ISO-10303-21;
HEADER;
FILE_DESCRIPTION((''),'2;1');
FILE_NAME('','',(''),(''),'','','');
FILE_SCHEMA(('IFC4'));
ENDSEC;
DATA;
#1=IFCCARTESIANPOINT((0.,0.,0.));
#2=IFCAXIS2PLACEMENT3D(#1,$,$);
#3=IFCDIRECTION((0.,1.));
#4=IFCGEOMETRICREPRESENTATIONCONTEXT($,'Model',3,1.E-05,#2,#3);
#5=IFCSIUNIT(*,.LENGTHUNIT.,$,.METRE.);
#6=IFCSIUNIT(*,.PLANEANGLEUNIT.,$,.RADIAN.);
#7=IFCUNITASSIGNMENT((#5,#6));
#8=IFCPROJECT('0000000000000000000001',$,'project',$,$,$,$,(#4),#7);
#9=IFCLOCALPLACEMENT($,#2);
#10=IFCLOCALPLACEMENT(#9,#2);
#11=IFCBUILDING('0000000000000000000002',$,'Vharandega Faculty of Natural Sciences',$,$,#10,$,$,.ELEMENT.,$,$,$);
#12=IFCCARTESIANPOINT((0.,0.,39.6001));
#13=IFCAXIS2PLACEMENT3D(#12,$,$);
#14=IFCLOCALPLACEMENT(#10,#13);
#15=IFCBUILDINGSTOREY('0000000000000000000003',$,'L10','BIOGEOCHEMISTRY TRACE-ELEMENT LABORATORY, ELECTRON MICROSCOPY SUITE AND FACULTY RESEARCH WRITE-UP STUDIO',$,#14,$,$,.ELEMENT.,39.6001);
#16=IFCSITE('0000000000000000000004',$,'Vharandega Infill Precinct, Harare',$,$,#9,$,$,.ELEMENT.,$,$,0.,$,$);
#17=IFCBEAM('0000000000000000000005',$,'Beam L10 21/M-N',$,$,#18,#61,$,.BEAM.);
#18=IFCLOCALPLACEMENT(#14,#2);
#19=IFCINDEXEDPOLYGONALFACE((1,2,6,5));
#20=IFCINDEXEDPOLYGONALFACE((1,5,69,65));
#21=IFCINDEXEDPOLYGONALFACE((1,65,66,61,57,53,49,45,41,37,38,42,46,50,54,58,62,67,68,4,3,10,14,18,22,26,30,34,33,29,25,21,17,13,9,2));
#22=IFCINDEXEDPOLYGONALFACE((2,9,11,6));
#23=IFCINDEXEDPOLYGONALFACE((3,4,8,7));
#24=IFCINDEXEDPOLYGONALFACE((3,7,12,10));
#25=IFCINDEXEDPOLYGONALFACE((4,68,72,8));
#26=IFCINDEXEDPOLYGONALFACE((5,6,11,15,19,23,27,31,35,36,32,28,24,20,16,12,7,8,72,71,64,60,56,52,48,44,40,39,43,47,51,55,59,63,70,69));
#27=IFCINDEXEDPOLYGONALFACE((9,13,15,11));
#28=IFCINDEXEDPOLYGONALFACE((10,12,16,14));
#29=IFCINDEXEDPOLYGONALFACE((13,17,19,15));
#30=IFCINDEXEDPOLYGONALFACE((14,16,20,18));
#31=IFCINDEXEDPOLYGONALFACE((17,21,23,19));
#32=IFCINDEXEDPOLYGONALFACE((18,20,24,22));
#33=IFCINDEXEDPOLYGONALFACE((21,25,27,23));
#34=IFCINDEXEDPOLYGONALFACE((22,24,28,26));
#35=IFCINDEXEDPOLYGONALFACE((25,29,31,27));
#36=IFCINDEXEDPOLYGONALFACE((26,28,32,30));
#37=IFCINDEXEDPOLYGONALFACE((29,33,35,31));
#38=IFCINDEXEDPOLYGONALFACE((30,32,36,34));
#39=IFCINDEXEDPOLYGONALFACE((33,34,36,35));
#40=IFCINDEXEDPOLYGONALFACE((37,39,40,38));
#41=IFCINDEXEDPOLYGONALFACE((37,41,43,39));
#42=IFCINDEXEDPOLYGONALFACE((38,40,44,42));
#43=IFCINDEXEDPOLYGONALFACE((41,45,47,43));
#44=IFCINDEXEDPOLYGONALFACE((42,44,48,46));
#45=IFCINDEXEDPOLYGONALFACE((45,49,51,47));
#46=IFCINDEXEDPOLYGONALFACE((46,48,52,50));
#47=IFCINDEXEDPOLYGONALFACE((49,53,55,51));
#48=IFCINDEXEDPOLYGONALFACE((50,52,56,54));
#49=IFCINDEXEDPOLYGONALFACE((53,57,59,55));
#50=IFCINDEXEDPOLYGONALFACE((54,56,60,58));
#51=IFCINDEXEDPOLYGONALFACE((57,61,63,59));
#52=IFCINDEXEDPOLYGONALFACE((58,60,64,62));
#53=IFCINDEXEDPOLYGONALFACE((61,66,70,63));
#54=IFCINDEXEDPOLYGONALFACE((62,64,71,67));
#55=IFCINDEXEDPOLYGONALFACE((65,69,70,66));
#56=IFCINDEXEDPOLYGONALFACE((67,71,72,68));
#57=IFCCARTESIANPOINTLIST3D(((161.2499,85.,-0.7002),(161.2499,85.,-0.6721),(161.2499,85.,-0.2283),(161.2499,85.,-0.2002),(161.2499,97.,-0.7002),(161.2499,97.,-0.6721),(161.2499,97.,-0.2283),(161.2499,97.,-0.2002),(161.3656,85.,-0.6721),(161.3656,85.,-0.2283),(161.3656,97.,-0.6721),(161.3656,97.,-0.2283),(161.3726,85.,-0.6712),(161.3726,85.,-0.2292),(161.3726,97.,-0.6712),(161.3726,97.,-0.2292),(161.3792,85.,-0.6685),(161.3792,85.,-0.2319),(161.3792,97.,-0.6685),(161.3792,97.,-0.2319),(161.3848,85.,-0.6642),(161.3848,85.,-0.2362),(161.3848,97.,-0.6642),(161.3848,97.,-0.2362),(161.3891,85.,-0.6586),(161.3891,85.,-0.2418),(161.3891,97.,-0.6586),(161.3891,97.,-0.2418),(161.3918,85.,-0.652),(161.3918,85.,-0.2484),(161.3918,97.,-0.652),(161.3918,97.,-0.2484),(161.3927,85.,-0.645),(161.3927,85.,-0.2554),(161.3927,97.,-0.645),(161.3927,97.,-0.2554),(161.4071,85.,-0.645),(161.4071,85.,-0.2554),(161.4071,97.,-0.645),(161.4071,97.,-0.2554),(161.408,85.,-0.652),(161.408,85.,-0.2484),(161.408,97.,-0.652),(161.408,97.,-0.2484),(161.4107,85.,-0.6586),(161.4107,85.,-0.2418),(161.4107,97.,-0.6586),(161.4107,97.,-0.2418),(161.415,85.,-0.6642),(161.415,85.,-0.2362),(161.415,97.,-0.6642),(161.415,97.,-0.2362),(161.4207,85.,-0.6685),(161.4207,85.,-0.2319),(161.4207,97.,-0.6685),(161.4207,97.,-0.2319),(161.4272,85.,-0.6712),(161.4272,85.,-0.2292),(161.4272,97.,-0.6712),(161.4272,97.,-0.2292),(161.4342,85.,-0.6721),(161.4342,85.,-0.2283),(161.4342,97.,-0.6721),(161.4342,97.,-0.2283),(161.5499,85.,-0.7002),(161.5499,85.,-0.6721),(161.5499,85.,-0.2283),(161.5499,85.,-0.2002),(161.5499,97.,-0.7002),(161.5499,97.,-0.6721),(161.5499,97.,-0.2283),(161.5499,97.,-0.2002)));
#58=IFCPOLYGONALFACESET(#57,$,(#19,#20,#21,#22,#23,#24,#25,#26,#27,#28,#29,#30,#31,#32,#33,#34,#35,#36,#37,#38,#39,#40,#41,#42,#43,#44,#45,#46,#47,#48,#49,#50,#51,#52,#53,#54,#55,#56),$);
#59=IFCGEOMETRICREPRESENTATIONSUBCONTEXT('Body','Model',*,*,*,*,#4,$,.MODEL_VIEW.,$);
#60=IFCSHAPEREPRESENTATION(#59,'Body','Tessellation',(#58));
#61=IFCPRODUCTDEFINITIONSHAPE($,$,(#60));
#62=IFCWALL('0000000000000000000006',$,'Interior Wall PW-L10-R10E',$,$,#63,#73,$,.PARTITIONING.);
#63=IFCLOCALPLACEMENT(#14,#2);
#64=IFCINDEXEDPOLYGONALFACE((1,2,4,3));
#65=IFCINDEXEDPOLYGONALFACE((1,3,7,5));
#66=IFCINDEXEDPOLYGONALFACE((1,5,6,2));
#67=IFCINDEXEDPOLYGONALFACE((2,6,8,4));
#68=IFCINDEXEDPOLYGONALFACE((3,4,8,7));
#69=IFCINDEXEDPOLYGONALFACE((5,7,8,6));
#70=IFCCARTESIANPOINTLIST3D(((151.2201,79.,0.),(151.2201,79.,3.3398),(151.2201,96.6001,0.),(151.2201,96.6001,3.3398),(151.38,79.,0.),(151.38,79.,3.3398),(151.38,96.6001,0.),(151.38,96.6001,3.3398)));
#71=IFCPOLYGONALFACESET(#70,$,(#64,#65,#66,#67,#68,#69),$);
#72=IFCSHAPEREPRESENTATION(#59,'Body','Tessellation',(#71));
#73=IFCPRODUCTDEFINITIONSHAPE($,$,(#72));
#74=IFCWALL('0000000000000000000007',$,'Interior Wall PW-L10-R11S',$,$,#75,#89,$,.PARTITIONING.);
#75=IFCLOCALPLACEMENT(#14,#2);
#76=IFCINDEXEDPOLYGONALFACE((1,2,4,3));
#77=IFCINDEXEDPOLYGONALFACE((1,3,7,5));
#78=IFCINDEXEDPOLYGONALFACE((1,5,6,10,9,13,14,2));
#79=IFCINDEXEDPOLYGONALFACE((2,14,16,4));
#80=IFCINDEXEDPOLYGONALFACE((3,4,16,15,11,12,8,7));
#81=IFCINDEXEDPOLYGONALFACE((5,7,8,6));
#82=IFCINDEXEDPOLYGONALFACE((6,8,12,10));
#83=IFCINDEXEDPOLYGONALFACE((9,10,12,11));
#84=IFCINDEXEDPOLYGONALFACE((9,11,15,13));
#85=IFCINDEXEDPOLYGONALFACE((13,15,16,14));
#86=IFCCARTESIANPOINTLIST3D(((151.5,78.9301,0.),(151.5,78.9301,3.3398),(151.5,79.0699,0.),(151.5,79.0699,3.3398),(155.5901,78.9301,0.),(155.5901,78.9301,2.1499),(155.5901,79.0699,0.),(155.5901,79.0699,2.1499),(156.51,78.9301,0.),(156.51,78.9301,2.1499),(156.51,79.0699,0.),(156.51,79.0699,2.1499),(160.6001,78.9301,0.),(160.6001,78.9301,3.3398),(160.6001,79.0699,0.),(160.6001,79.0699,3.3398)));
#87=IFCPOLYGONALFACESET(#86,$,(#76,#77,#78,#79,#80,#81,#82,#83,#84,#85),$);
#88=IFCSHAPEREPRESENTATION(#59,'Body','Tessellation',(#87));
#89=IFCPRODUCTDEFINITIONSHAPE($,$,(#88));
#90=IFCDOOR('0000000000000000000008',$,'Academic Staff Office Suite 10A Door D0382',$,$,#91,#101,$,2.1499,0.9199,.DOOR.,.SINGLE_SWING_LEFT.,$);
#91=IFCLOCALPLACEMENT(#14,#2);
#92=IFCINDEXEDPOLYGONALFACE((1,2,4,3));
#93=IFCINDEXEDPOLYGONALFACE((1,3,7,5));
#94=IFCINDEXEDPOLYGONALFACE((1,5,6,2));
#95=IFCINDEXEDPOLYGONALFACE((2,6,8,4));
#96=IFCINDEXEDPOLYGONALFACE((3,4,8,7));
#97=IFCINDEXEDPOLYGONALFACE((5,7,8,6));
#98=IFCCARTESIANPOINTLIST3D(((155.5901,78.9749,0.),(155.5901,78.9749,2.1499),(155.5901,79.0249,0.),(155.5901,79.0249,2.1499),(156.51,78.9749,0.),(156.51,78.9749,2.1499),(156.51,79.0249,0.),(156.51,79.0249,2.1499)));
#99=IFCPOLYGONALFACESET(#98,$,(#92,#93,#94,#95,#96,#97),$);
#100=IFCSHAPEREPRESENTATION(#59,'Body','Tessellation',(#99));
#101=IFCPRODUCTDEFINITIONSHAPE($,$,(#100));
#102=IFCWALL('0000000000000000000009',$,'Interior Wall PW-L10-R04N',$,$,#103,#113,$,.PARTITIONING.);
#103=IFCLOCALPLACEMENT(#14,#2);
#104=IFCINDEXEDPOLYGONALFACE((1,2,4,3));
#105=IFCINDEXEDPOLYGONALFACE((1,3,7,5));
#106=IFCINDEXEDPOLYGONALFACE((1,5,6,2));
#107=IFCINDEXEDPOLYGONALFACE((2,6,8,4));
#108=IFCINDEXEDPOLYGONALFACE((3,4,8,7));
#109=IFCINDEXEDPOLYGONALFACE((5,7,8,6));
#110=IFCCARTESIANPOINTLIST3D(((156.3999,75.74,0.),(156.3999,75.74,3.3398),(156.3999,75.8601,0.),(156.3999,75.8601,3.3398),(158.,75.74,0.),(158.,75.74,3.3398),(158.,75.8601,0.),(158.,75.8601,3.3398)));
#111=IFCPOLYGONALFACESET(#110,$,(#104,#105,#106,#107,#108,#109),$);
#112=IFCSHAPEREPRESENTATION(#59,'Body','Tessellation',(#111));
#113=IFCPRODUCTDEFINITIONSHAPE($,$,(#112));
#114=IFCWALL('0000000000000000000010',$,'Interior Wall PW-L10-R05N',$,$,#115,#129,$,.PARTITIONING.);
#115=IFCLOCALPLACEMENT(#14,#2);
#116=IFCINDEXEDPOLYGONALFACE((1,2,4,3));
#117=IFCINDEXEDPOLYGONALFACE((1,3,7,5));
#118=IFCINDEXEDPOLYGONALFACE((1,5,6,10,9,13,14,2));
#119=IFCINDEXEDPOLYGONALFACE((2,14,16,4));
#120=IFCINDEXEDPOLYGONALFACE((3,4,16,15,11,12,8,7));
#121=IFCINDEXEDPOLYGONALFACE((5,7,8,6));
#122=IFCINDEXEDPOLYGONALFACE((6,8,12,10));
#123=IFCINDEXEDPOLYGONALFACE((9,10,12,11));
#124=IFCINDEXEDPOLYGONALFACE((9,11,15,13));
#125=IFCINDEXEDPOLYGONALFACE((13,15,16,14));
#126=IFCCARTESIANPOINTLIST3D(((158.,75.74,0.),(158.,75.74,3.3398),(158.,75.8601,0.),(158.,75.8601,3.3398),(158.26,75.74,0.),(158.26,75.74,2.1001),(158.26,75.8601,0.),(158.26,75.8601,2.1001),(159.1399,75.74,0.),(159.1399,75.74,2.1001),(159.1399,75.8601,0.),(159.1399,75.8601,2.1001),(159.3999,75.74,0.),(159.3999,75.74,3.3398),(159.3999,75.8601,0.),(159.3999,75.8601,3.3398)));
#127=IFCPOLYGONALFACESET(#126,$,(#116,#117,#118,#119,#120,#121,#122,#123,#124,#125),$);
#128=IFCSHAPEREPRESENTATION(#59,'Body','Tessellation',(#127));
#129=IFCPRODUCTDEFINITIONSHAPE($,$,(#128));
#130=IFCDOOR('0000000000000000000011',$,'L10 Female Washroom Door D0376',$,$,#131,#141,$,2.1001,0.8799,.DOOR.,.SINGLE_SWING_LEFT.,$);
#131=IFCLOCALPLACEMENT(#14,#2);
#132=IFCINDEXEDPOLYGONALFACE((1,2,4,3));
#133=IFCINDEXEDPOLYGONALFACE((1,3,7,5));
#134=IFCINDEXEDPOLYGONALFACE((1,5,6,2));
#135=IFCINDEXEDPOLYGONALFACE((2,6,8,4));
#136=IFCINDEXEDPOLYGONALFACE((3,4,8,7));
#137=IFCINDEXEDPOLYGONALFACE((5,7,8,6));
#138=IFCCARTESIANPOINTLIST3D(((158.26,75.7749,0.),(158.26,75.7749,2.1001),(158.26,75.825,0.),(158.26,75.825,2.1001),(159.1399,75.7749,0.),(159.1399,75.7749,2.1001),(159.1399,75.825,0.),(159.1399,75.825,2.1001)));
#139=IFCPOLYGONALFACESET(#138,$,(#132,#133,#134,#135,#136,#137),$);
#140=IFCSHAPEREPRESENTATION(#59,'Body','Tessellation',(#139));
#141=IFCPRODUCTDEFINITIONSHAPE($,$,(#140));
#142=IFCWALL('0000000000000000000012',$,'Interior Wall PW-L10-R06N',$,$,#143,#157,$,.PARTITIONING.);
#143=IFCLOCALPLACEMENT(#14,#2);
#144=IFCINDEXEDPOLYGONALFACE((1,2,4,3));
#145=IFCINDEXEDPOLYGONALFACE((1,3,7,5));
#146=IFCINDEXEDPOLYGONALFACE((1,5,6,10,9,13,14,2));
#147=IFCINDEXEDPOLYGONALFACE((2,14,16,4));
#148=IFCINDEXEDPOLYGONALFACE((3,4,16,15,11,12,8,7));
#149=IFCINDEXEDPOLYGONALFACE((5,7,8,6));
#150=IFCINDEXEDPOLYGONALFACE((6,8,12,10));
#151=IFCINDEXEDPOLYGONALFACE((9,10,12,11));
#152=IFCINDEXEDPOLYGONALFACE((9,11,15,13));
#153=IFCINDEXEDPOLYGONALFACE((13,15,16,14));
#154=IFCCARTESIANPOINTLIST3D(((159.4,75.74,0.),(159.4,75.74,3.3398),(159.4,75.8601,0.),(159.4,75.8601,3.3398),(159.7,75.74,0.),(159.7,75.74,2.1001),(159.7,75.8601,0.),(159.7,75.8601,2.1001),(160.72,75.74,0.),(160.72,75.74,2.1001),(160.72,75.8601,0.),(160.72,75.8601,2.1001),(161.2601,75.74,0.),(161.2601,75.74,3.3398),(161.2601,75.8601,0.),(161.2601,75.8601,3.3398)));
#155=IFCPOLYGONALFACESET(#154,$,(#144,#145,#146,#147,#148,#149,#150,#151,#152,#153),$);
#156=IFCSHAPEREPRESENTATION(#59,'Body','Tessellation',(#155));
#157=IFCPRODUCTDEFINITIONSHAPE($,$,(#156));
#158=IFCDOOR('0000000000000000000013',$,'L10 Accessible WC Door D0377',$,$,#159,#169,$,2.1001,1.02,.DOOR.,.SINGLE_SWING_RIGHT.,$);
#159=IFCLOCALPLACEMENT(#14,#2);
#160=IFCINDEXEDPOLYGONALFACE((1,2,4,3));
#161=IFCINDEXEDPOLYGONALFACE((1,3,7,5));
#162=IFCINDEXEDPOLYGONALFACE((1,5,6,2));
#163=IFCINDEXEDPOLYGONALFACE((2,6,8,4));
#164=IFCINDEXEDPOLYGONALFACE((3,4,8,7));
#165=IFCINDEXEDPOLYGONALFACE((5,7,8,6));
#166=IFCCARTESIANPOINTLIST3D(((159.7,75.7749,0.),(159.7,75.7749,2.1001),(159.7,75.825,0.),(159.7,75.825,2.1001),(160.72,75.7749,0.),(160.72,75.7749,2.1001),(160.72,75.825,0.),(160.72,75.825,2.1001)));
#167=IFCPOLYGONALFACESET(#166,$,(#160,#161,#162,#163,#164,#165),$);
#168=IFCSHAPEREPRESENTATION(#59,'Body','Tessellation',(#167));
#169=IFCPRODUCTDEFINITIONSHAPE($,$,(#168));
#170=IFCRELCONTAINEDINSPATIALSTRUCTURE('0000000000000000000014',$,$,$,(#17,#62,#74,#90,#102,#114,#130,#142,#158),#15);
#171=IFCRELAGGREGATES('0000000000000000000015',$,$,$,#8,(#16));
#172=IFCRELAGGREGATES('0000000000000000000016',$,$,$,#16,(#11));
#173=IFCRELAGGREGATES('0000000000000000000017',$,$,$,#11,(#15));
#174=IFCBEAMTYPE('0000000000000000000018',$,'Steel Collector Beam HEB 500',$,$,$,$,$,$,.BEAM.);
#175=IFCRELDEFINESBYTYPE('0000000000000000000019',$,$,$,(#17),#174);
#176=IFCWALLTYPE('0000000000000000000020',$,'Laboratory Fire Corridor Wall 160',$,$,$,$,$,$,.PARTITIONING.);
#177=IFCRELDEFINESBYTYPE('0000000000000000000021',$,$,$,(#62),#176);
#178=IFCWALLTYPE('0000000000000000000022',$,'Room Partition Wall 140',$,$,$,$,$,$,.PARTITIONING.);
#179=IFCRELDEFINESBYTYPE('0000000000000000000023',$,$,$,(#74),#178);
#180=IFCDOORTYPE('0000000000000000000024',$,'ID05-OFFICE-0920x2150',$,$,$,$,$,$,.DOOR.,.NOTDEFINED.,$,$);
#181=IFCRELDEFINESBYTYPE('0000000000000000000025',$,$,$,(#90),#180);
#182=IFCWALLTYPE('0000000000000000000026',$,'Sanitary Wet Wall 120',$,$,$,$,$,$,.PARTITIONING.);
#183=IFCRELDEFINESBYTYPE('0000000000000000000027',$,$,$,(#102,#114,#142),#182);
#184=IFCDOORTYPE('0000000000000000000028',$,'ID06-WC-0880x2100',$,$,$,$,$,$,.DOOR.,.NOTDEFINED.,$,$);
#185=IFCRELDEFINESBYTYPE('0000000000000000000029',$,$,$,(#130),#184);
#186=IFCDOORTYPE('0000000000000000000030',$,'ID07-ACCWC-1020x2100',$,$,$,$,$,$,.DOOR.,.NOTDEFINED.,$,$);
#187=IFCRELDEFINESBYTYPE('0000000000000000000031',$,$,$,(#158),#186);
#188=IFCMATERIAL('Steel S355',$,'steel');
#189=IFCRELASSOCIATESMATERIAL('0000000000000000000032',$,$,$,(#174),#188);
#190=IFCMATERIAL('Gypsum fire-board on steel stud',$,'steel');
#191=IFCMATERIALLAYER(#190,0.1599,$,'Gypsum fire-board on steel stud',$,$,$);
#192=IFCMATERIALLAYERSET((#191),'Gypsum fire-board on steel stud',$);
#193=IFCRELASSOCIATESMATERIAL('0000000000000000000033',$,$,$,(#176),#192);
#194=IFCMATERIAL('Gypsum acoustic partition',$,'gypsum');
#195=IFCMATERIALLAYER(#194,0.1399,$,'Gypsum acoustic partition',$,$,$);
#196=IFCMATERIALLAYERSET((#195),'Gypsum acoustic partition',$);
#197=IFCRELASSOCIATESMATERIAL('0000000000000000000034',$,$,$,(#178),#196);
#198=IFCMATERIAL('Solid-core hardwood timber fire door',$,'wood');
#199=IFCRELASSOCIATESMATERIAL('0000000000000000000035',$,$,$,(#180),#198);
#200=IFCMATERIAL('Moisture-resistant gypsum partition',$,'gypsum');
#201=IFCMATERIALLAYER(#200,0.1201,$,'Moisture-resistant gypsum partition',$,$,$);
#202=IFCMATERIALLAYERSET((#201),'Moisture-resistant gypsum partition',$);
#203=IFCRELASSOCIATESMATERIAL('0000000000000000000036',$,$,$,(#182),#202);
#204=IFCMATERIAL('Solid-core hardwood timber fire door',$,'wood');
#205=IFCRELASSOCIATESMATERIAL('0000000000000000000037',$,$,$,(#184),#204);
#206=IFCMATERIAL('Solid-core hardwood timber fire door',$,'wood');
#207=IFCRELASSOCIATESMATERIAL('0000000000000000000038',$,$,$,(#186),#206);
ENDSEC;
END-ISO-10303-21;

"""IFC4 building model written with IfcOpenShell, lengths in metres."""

from ifc_helpers import new_model, si_unit, direction, frame, frame_2d, origin, origin_2d, place, context, subcontext, project, spatial, rectangle, i_section, extrude, material, layer, layer_set, material_profile, profile_set, type_object, element, fill, save


model = new_model("IFC4")

# Units and contexts
model_context = context("Model", 3, precision=1e-05, world=origin(), true_north=direction((0.0, 1.0)))
body_context = subcontext(model_context, "Body", "Model", "MODEL_VIEW")
ifc_project = project(units=[si_unit("LENGTHUNIT", "METRE"), si_unit("PLANEANGLEUNIT", "RADIAN")], contexts=[model_context])

# Site, building, storey
site_placement = place(None, origin())
site = spatial("IfcSite", under=ifc_project, at=site_placement, Name="Vharandega Infill Precinct, Harare", CompositionType="ELEMENT", RefElevation=0.0)
building_placement = place(site_placement, origin())
building = spatial("IfcBuilding", under=site, at=building_placement, Name="Vharandega Faculty of Natural Sciences", CompositionType="ELEMENT")
storey_placement = place(building_placement, frame((0.0, 0.0, 39.6001)))
storey = spatial("IfcBuildingStorey", under=building, at=storey_placement, Name="L10", Description="BIOGEOCHEMISTRY TRACE-ELEMENT LABORATORY, ELECTRON MICROSCOPY SUITE AND FACULTY RESEARCH WRITE-UP STUDIO", CompositionType="ELEMENT", Elevation=39.6001)

# Beam
ifc_material_1 = material(Name="Steel S355", Category="steel")
ifc_material_profile_1 = material_profile(ifc_material_1, i_section(OverallWidth=0.3, OverallDepth=0.5, WebThickness=0.0144, FlangeThickness=0.0281, FilletRadius=0.0271, at=origin_2d()), Name="HEB 500")
ifc_profile_set_1 = profile_set([ifc_material_profile_1], Name="Steel S355")
beam_type_1 = type_object("IfcBeamType", Name="Steel Collector Beam HEB 500", PredefinedType="BEAM", material=ifc_profile_set_1)
for number, where, z_axis, x_axis, name in (
    (1, (161.3999, 85.0, -0.4502), (0.0, 1.0, 0.0), (-1.0, 0.0, 0.0), "Beam L10 21/M-N"),
):
    element("IfcBeam", number, at=place(storey_placement, frame(where, z_axis=z_axis, x_axis=x_axis)), inside=storey, type_object=beam_type_1, Name=name, PredefinedType="BEAM", context=body_context, shape_type="SweptSolid", body=[
        extrude(i_section(OverallWidth=0.3, OverallDepth=0.5, WebThickness=0.0144, FlangeThickness=0.0281, FilletRadius=0.0271, at=origin_2d()), origin(), (0.0, 0.0, 1.0), 12.0),
    ])

# Wall
ifc_material_2 = material(Name="Gypsum fire-board on steel stud", Category="steel")
ifc_layer_1 = layer(ifc_material_2, 0.1599, Name="Gypsum fire-board on steel stud")
ifc_layer_set_1 = layer_set([ifc_layer_1], Name="Gypsum fire-board on steel stud")
wall_type_1 = type_object("IfcWallType", Name="Laboratory Fire Corridor Wall 160", PredefinedType="PARTITIONING", material=ifc_layer_set_1)
wall_1_placement = place(storey_placement, frame((151.3, 79.0, 0.0), z_axis=(0.0, 0.0, 1.0), x_axis=(0.0, 1.0, 0.0)))
element("IfcWall", 2, at=wall_1_placement, inside=storey, type_object=wall_type_1, Name="Interior Wall PW-L10-R10E", PredefinedType="PARTITIONING", context=body_context, shape_type="SweptSolid", body=[
    extrude(rectangle(XDim=17.6001, YDim=0.1599, at=frame_2d((8.8, 0.0))), origin(), (0.0, 0.0, 1.0), 3.3398),
])

# Wall, opening, door
ifc_material_3 = material(Name="Gypsum acoustic partition", Category="gypsum")
ifc_layer_2 = layer(ifc_material_3, 0.1399, Name="Gypsum acoustic partition")
ifc_layer_set_2 = layer_set([ifc_layer_2], Name="Gypsum acoustic partition")
wall_type_2 = type_object("IfcWallType", Name="Room Partition Wall 140", PredefinedType="PARTITIONING", material=ifc_layer_set_2)
wall_2_placement = place(storey_placement, frame((151.5, 79.0, 0.0), z_axis=(0.0, 0.0, 1.0), x_axis=(1.0, 0.0, 0.0)))
wall_2 = element("IfcWall", 3, at=wall_2_placement, inside=storey, type_object=wall_type_2, Name="Interior Wall PW-L10-R11S", PredefinedType="PARTITIONING", context=body_context, shape_type="SweptSolid", body=[
    extrude(rectangle(XDim=9.1001, YDim=0.1399, at=frame_2d((4.55, 0.0))), origin(), (0.0, 0.0, 1.0), 3.3398),
])
opening_1_placement = place(wall_2_placement, frame((4.0901, 0.0, 0.0)))
opening_1 = element("IfcOpeningElement", 4, at=opening_1_placement, cuts=wall_2, PredefinedType="OPENING", context=body_context, shape_type="SweptSolid", body=[
    extrude(rectangle(XDim=0.9199, YDim=2.1499, at=frame_2d((0.46, 1.075))), frame((0.0, 0.0801, 0.0), z_axis=(0.0, -1.0, 0.0), x_axis=(1.0, 0.0, 0.0)), (0.0, 0.0, 1.0), 0.1599),
])
ifc_material_4 = material(Name="Solid-core hardwood timber fire door", Category="wood")
door_type_1 = type_object("IfcDoorType", Name="ID05-OFFICE-0920x2150", OperationType="NOTDEFINED", PredefinedType="DOOR", material=ifc_material_4)
door_1_placement = place(opening_1_placement, origin())
door_1 = element("IfcDoor", 5, at=door_1_placement, inside=storey, type_object=door_type_1, Name="Academic Staff Office Suite 10A Door D0382", OperationType="SINGLE_SWING_LEFT", OverallHeight=2.1499, OverallWidth=0.9199, PredefinedType="DOOR", context=body_context, shape_type="SweptSolid", body=[
    extrude(rectangle(XDim=0.9199, YDim=2.1499, at=frame_2d((0.46, 1.075))), frame((0.0, 0.0249, 0.0), z_axis=(0.0, -1.0, 0.0), x_axis=(1.0, 0.0, 0.0)), (0.0, 0.0, 1.0), 0.05),
])
fill(opening_1, door_1)

# Wall
ifc_material_5 = material(Name="Moisture-resistant gypsum partition", Category="gypsum")
ifc_layer_3 = layer(ifc_material_5, 0.1201, Name="Moisture-resistant gypsum partition")
ifc_layer_set_3 = layer_set([ifc_layer_3], Name="Moisture-resistant gypsum partition")
wall_type_3 = type_object("IfcWallType", Name="Sanitary Wet Wall 120", PredefinedType="PARTITIONING", material=ifc_layer_set_3)
wall_3_placement = place(storey_placement, frame((156.3999, 75.8, 0.0), z_axis=(0.0, 0.0, 1.0), x_axis=(1.0, 0.0, 0.0)))
element("IfcWall", 6, at=wall_3_placement, inside=storey, type_object=wall_type_3, Name="Interior Wall PW-L10-R04N", PredefinedType="PARTITIONING", context=body_context, shape_type="SweptSolid", body=[
    extrude(rectangle(XDim=1.6001, YDim=0.1201, at=frame_2d((0.8, 0.0))), origin(), (0.0, 0.0, 1.0), 3.3398),
])

# Walls, openings, doors
wall_4_placement = place(storey_placement, frame((158.0, 75.8, 0.0), z_axis=(0.0, 0.0, 1.0), x_axis=(1.0, 0.0, 0.0)))
wall_4 = element("IfcWall", 7, at=wall_4_placement, inside=storey, type_object=wall_type_3, Name="Interior Wall PW-L10-R05N", PredefinedType="PARTITIONING", context=body_context, shape_type="SweptSolid", body=[
    extrude(rectangle(XDim=1.3999, YDim=0.1201, at=frame_2d((0.7, 0.0))), origin(), (0.0, 0.0, 1.0), 3.3398),
])
opening_2_placement = place(wall_4_placement, frame((0.26, 0.0, 0.0)))
opening_2 = element("IfcOpeningElement", 8, at=opening_2_placement, cuts=wall_4, PredefinedType="OPENING", context=body_context, shape_type="SweptSolid", body=[
    extrude(rectangle(XDim=0.8799, YDim=2.1001, at=frame_2d((0.4399, 1.05))), frame((0.0, 0.0701, 0.0), z_axis=(0.0, -1.0, 0.0), x_axis=(1.0, 0.0, 0.0)), (0.0, 0.0, 1.0), 0.1401),
])
ifc_material_6 = material(Name="Solid-core hardwood timber fire door", Category="wood")
door_type_2 = type_object("IfcDoorType", Name="ID06-WC-0880x2100", OperationType="NOTDEFINED", PredefinedType="DOOR", material=ifc_material_6)
door_2_placement = place(opening_2_placement, origin())
door_2 = element("IfcDoor", 9, at=door_2_placement, inside=storey, type_object=door_type_2, Name="L10 Female Washroom Door D0376", OperationType="SINGLE_SWING_LEFT", OverallHeight=2.1001, OverallWidth=0.8799, PredefinedType="DOOR", context=body_context, shape_type="SweptSolid", body=[
    extrude(rectangle(XDim=0.8799, YDim=2.1001, at=frame_2d((0.4399, 1.05))), frame((0.0, 0.0249, 0.0), z_axis=(0.0, -1.0, 0.0), x_axis=(1.0, 0.0, 0.0)), (0.0, 0.0, 1.0), 0.05),
])
fill(opening_2, door_2)
wall_5_placement = place(storey_placement, frame((159.3999, 75.8, 0.0), z_axis=(0.0, 0.0, 1.0), x_axis=(1.0, 0.0, 0.0)))
wall_5 = element("IfcWall", 10, at=wall_5_placement, inside=storey, type_object=wall_type_3, Name="Interior Wall PW-L10-R06N", PredefinedType="PARTITIONING", context=body_context, shape_type="SweptSolid", body=[
    extrude(rectangle(XDim=1.8601, YDim=0.1201, at=frame_2d((0.9302, 0.0))), origin(), (0.0, 0.0, 1.0), 3.3398),
])
opening_3_placement = place(wall_5_placement, frame((0.3, 0.0, 0.0)))
opening_3 = element("IfcOpeningElement", 11, at=opening_3_placement, cuts=wall_5, PredefinedType="OPENING", context=body_context, shape_type="SweptSolid", body=[
    extrude(rectangle(XDim=1.02, YDim=2.1001, at=frame_2d((0.51, 1.05))), frame((0.0, 0.0701, 0.0), z_axis=(0.0, -1.0, 0.0), x_axis=(1.0, 0.0, 0.0)), (0.0, 0.0, 1.0), 0.1401),
])
ifc_material_7 = material(Name="Solid-core hardwood timber fire door", Category="wood")
door_type_3 = type_object("IfcDoorType", Name="ID07-ACCWC-1020x2100", OperationType="NOTDEFINED", PredefinedType="DOOR", material=ifc_material_7)
door_3_placement = place(opening_3_placement, origin())
door_3 = element("IfcDoor", 12, at=door_3_placement, inside=storey, type_object=door_type_3, Name="L10 Accessible WC Door D0377", OperationType="SINGLE_SWING_RIGHT", OverallHeight=2.1001, OverallWidth=1.02, PredefinedType="DOOR", context=body_context, shape_type="SweptSolid", body=[
    extrude(rectangle(XDim=1.02, YDim=2.1001, at=frame_2d((0.51, 1.05))), frame((0.0, 0.0249, 0.0), z_axis=(0.0, -1.0, 0.0), x_axis=(1.0, 0.0, 0.0)), (0.0, 0.0, 1.0), 0.05),
])
fill(opening_3, door_3)

save(model, "model.ifc")
